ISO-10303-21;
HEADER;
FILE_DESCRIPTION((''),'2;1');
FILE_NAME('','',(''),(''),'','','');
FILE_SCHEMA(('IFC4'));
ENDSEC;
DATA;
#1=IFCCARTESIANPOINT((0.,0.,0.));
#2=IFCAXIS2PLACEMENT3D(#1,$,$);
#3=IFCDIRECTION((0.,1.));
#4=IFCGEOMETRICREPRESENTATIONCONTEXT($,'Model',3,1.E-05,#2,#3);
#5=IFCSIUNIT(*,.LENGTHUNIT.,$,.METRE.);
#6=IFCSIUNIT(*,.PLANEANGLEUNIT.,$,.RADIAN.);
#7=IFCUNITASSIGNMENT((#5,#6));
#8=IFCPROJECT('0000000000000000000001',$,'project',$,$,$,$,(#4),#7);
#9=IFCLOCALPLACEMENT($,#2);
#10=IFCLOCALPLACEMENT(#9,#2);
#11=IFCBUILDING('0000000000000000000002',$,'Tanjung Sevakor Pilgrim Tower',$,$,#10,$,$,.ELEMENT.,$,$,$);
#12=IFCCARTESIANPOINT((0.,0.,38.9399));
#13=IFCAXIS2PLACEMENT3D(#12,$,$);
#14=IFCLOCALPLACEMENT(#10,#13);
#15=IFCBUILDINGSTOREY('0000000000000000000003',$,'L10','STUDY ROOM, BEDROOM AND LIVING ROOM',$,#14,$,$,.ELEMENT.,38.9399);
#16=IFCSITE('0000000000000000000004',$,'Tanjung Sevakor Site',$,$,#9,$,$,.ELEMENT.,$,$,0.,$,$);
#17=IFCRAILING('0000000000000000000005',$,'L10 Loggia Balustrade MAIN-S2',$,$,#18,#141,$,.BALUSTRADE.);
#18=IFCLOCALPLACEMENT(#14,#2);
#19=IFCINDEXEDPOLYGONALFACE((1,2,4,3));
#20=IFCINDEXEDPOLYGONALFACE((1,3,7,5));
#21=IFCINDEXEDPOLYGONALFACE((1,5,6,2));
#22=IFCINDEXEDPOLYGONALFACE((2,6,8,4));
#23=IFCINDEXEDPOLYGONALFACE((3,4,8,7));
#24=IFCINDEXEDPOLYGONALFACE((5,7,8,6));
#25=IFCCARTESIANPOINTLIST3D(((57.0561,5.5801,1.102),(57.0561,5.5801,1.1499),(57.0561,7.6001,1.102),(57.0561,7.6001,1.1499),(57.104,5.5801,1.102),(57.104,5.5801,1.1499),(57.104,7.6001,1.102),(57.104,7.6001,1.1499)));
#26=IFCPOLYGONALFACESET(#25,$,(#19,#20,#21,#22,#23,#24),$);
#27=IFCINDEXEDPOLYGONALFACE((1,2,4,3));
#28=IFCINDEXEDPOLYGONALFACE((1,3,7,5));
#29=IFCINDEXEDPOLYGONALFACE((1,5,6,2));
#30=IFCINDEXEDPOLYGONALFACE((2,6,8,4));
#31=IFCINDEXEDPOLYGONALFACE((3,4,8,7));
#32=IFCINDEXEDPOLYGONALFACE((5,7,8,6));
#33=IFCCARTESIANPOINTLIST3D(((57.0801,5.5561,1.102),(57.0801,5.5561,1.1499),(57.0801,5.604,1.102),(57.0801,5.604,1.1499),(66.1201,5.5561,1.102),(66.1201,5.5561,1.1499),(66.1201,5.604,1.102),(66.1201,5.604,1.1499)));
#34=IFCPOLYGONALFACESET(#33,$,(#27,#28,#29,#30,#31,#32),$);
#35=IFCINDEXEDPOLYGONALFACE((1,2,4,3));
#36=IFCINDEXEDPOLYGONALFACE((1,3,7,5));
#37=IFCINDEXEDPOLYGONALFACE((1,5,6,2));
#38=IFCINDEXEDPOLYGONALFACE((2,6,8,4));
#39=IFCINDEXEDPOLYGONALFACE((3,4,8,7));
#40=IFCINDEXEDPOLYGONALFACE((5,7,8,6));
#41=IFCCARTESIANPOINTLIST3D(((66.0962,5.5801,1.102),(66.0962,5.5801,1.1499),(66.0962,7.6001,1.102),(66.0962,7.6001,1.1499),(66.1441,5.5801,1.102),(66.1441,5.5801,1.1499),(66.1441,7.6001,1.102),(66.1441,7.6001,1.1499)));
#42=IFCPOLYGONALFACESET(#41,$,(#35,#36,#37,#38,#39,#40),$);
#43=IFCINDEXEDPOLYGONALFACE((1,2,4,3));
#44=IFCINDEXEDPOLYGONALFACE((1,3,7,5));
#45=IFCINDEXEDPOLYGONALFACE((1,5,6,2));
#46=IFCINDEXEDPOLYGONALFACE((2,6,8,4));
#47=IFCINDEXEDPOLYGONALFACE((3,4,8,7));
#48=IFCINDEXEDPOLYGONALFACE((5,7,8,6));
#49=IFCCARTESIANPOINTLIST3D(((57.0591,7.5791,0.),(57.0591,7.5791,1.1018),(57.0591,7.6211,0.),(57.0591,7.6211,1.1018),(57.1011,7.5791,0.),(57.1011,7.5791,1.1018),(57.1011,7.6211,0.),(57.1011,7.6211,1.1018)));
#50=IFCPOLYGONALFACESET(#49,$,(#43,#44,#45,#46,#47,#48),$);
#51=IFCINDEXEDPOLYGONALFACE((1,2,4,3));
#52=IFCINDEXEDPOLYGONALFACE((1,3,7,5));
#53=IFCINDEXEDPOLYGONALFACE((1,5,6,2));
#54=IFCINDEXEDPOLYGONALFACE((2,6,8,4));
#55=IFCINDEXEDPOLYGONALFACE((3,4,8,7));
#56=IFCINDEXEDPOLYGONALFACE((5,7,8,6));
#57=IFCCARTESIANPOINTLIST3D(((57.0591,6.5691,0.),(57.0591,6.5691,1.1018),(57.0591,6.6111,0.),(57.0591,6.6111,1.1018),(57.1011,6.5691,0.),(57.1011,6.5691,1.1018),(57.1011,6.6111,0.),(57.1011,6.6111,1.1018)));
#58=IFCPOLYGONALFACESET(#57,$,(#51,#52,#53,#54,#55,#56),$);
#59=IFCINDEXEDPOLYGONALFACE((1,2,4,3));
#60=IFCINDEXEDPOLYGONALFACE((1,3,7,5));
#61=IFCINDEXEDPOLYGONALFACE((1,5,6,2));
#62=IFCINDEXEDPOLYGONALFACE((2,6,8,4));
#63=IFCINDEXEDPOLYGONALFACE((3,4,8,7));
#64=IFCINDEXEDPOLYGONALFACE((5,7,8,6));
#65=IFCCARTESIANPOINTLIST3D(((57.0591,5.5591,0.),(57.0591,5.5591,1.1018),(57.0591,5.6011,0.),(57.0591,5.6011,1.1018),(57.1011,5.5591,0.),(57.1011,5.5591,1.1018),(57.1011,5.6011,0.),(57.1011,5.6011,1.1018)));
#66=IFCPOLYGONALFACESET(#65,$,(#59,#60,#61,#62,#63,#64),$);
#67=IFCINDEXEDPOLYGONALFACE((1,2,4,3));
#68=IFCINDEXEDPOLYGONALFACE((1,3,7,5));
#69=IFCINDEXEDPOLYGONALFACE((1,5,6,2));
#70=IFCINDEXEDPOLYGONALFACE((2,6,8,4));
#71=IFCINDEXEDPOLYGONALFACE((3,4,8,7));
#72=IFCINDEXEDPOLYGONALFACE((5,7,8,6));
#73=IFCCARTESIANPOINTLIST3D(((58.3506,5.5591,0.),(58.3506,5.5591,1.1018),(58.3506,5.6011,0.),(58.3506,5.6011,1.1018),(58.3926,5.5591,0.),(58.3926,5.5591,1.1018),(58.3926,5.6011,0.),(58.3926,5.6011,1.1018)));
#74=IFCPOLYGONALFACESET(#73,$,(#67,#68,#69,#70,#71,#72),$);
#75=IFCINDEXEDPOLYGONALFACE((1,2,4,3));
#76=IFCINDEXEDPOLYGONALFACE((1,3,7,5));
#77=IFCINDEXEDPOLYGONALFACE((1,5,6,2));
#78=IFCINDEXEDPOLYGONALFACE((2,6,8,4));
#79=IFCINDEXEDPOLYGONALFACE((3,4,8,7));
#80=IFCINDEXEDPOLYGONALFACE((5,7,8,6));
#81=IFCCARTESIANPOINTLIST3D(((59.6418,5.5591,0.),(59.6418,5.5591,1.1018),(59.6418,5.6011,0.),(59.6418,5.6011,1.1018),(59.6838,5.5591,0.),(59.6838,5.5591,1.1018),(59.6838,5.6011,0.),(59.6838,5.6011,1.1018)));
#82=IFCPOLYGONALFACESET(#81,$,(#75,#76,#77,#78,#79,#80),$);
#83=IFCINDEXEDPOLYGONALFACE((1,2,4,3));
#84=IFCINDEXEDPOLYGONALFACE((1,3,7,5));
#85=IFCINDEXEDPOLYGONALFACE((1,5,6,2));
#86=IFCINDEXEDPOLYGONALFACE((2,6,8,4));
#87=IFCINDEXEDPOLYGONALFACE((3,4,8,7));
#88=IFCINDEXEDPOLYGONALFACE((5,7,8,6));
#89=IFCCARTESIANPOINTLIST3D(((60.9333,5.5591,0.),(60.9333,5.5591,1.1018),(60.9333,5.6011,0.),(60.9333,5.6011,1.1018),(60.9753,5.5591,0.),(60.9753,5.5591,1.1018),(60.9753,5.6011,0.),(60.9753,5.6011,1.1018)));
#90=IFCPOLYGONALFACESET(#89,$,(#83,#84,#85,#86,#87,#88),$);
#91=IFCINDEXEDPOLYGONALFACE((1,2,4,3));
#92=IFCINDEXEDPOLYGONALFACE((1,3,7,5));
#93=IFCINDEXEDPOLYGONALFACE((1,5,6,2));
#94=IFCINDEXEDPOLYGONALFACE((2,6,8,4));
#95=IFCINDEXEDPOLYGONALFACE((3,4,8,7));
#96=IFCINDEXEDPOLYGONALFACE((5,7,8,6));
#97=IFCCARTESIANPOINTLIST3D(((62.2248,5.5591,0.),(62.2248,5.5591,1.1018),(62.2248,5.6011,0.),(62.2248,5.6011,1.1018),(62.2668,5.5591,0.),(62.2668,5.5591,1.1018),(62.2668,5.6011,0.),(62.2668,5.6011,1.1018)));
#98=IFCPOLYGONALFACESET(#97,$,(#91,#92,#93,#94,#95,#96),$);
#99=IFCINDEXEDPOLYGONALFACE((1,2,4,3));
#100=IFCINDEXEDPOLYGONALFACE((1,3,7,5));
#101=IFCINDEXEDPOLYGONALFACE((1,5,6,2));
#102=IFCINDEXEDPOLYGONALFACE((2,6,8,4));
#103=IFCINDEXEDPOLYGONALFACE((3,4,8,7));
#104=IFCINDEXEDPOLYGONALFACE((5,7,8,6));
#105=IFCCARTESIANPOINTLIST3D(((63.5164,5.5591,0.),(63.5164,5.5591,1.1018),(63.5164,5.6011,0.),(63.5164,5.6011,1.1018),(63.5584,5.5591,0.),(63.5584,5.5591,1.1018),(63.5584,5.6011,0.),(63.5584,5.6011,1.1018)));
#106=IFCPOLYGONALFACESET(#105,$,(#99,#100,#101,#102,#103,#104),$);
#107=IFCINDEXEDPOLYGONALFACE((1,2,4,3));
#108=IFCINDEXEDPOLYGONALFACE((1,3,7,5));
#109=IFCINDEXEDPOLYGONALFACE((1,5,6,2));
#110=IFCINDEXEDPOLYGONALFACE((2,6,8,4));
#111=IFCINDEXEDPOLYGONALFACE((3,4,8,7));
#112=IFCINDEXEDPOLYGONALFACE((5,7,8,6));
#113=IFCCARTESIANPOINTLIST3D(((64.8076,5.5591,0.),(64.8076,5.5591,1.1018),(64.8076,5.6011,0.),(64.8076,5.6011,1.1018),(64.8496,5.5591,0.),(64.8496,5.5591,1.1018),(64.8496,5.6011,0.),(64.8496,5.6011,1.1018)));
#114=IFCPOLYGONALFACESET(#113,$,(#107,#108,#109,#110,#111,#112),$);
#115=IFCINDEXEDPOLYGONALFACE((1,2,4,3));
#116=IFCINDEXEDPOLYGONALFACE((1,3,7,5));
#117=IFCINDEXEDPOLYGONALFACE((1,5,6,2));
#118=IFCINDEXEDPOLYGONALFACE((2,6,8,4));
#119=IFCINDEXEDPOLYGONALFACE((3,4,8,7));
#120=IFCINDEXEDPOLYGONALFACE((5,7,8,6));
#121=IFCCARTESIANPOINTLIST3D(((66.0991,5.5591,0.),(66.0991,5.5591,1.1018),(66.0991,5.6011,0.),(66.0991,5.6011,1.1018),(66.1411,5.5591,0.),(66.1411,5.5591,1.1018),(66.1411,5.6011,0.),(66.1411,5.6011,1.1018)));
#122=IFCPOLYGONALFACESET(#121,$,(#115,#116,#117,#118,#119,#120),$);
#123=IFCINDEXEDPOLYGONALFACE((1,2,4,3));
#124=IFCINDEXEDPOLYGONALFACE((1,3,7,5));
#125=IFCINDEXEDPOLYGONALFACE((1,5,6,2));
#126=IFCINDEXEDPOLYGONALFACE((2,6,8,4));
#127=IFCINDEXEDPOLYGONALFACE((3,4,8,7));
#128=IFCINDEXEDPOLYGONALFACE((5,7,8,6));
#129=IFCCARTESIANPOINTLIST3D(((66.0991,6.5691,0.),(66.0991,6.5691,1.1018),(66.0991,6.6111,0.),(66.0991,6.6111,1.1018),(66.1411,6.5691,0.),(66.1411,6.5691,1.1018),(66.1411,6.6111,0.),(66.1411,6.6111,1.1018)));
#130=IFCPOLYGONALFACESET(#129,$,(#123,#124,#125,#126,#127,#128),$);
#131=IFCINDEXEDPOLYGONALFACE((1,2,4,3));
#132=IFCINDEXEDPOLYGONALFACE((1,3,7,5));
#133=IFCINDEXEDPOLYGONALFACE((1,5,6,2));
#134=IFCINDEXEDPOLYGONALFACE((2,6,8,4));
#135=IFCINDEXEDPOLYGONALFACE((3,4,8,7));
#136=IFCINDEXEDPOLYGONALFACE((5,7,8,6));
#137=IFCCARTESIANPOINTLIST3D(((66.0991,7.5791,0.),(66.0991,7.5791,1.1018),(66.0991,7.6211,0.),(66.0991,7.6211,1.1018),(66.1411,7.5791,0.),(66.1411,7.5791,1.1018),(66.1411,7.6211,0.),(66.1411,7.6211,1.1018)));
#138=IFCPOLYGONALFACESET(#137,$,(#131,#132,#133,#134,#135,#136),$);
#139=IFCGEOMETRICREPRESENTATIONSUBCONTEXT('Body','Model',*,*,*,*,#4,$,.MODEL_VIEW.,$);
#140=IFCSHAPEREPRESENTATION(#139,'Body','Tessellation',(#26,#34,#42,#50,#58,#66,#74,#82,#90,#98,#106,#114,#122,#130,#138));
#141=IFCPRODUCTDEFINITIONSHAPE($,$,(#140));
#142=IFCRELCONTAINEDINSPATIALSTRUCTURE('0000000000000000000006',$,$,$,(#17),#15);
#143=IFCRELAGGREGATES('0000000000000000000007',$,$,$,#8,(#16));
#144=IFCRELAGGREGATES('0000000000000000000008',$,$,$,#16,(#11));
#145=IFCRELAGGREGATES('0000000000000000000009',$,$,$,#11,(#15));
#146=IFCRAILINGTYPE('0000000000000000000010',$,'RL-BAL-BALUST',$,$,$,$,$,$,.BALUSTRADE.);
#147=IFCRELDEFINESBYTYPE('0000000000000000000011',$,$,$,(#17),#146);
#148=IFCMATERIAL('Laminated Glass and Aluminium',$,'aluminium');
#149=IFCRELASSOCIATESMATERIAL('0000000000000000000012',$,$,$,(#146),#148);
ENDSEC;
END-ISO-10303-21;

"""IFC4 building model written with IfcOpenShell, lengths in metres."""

from ifc_helpers import new_model, si_unit, direction, frame, origin, place, context, subcontext, project, spatial, rectangle, extrude, material, type_object, element, save


model = new_model("IFC4")

# Units and contexts
model_context = context("Model", 3, precision=1e-05, world=origin(), true_north=direction((0.0, 1.0)))
body_context = subcontext(model_context, "Body", "Model", "MODEL_VIEW")
ifc_project = project(units=[si_unit("LENGTHUNIT", "METRE"), si_unit("PLANEANGLEUNIT", "RADIAN")], contexts=[model_context])

# Site, building, storey
site_placement = place(None, origin())
site = spatial("IfcSite", under=ifc_project, at=site_placement, Name="Tanjung Sevakor Site", CompositionType="ELEMENT", RefElevation=0.0)
building_placement = place(site_placement, origin())
building = spatial("IfcBuilding", under=site, at=building_placement, Name="Tanjung Sevakor Pilgrim Tower", CompositionType="ELEMENT")
storey_placement = place(building_placement, frame((0.0, 0.0, 38.9399)))
storey = spatial("IfcBuildingStorey", under=building, at=storey_placement, Name="L10", Description="STUDY ROOM, BEDROOM AND LIVING ROOM", CompositionType="ELEMENT", Elevation=38.9399)

# Railing
ifc_material_1 = material(Name="Laminated Glass and Aluminium", Category="aluminium")
railing_type = type_object("IfcRailingType", Name="RL-BAL-BALUST", PredefinedType="BALUSTRADE", material=ifc_material_1)
railing_placement = place(storey_placement, frame((57.0801, 7.6001, 0.0)))
element("IfcRailing", 1, at=railing_placement, inside=storey, type_object=railing_type, Name="L10 Loggia Balustrade MAIN-S2", PredefinedType="BALUSTRADE", context=body_context, shape_type="SweptSolid", body=[
    extrude(rectangle(XDim=0.0479, YDim=0.0479), frame((0.0, 0.0, 1.126), z_axis=(0.0, -1.0, 0.0), x_axis=(1.0, 0.0, 0.0)), (0.0, 0.0, 1.0), 2.02),
    extrude(rectangle(XDim=0.0479, YDim=0.0479), frame((0.0, -2.02, 1.126), z_axis=(1.0, 0.0, 0.0), x_axis=(0.0, 1.0, 0.0)), (0.0, 0.0, 1.0), 9.04),
    extrude(rectangle(XDim=0.0479, YDim=0.0479), frame((9.04, -2.02, 1.126), z_axis=(0.0, 1.0, 0.0), x_axis=(-1.0, 0.0, 0.0)), (0.0, 0.0, 1.0), 2.02),
    extrude(rectangle(XDim=0.042, YDim=0.042), origin(), (0.0, 0.0, 1.0), 1.1018),
    extrude(rectangle(XDim=0.042, YDim=0.042), frame((0.0, -1.01, 0.0)), (0.0, 0.0, 1.0), 1.1018),
    extrude(rectangle(XDim=0.042, YDim=0.042), frame((0.0, -2.02, 0.0)), (0.0, 0.0, 1.0), 1.1018),
    extrude(rectangle(XDim=0.042, YDim=0.042), frame((1.2915, -2.02, 0.0)), (0.0, 0.0, 1.0), 1.1018),
    extrude(rectangle(XDim=0.042, YDim=0.042), frame((2.5828, -2.02, 0.0)), (0.0, 0.0, 1.0), 1.1018),
    extrude(rectangle(XDim=0.042, YDim=0.042), frame((3.8743, -2.02, 0.0)), (0.0, 0.0, 1.0), 1.1018),
    extrude(rectangle(XDim=0.042, YDim=0.042), frame((5.1658, -2.02, 0.0)), (0.0, 0.0, 1.0), 1.1018),
    extrude(rectangle(XDim=0.042, YDim=0.042), frame((6.4573, -2.02, 0.0)), (0.0, 0.0, 1.0), 1.1018),
    extrude(rectangle(XDim=0.042, YDim=0.042), frame((7.7485, -2.02, 0.0)), (0.0, 0.0, 1.0), 1.1018),
    extrude(rectangle(XDim=0.042, YDim=0.042), frame((9.04, -2.02, 0.0)), (0.0, 0.0, 1.0), 1.1018),
    extrude(rectangle(XDim=0.042, YDim=0.042), frame((9.04, -1.01, 0.0)), (0.0, 0.0, 1.0), 1.1018),
    extrude(rectangle(XDim=0.042, YDim=0.042), frame((9.04, 0.0, 0.0)), (0.0, 0.0, 1.0), 1.1018),
])

save(model, "model.ifc")
